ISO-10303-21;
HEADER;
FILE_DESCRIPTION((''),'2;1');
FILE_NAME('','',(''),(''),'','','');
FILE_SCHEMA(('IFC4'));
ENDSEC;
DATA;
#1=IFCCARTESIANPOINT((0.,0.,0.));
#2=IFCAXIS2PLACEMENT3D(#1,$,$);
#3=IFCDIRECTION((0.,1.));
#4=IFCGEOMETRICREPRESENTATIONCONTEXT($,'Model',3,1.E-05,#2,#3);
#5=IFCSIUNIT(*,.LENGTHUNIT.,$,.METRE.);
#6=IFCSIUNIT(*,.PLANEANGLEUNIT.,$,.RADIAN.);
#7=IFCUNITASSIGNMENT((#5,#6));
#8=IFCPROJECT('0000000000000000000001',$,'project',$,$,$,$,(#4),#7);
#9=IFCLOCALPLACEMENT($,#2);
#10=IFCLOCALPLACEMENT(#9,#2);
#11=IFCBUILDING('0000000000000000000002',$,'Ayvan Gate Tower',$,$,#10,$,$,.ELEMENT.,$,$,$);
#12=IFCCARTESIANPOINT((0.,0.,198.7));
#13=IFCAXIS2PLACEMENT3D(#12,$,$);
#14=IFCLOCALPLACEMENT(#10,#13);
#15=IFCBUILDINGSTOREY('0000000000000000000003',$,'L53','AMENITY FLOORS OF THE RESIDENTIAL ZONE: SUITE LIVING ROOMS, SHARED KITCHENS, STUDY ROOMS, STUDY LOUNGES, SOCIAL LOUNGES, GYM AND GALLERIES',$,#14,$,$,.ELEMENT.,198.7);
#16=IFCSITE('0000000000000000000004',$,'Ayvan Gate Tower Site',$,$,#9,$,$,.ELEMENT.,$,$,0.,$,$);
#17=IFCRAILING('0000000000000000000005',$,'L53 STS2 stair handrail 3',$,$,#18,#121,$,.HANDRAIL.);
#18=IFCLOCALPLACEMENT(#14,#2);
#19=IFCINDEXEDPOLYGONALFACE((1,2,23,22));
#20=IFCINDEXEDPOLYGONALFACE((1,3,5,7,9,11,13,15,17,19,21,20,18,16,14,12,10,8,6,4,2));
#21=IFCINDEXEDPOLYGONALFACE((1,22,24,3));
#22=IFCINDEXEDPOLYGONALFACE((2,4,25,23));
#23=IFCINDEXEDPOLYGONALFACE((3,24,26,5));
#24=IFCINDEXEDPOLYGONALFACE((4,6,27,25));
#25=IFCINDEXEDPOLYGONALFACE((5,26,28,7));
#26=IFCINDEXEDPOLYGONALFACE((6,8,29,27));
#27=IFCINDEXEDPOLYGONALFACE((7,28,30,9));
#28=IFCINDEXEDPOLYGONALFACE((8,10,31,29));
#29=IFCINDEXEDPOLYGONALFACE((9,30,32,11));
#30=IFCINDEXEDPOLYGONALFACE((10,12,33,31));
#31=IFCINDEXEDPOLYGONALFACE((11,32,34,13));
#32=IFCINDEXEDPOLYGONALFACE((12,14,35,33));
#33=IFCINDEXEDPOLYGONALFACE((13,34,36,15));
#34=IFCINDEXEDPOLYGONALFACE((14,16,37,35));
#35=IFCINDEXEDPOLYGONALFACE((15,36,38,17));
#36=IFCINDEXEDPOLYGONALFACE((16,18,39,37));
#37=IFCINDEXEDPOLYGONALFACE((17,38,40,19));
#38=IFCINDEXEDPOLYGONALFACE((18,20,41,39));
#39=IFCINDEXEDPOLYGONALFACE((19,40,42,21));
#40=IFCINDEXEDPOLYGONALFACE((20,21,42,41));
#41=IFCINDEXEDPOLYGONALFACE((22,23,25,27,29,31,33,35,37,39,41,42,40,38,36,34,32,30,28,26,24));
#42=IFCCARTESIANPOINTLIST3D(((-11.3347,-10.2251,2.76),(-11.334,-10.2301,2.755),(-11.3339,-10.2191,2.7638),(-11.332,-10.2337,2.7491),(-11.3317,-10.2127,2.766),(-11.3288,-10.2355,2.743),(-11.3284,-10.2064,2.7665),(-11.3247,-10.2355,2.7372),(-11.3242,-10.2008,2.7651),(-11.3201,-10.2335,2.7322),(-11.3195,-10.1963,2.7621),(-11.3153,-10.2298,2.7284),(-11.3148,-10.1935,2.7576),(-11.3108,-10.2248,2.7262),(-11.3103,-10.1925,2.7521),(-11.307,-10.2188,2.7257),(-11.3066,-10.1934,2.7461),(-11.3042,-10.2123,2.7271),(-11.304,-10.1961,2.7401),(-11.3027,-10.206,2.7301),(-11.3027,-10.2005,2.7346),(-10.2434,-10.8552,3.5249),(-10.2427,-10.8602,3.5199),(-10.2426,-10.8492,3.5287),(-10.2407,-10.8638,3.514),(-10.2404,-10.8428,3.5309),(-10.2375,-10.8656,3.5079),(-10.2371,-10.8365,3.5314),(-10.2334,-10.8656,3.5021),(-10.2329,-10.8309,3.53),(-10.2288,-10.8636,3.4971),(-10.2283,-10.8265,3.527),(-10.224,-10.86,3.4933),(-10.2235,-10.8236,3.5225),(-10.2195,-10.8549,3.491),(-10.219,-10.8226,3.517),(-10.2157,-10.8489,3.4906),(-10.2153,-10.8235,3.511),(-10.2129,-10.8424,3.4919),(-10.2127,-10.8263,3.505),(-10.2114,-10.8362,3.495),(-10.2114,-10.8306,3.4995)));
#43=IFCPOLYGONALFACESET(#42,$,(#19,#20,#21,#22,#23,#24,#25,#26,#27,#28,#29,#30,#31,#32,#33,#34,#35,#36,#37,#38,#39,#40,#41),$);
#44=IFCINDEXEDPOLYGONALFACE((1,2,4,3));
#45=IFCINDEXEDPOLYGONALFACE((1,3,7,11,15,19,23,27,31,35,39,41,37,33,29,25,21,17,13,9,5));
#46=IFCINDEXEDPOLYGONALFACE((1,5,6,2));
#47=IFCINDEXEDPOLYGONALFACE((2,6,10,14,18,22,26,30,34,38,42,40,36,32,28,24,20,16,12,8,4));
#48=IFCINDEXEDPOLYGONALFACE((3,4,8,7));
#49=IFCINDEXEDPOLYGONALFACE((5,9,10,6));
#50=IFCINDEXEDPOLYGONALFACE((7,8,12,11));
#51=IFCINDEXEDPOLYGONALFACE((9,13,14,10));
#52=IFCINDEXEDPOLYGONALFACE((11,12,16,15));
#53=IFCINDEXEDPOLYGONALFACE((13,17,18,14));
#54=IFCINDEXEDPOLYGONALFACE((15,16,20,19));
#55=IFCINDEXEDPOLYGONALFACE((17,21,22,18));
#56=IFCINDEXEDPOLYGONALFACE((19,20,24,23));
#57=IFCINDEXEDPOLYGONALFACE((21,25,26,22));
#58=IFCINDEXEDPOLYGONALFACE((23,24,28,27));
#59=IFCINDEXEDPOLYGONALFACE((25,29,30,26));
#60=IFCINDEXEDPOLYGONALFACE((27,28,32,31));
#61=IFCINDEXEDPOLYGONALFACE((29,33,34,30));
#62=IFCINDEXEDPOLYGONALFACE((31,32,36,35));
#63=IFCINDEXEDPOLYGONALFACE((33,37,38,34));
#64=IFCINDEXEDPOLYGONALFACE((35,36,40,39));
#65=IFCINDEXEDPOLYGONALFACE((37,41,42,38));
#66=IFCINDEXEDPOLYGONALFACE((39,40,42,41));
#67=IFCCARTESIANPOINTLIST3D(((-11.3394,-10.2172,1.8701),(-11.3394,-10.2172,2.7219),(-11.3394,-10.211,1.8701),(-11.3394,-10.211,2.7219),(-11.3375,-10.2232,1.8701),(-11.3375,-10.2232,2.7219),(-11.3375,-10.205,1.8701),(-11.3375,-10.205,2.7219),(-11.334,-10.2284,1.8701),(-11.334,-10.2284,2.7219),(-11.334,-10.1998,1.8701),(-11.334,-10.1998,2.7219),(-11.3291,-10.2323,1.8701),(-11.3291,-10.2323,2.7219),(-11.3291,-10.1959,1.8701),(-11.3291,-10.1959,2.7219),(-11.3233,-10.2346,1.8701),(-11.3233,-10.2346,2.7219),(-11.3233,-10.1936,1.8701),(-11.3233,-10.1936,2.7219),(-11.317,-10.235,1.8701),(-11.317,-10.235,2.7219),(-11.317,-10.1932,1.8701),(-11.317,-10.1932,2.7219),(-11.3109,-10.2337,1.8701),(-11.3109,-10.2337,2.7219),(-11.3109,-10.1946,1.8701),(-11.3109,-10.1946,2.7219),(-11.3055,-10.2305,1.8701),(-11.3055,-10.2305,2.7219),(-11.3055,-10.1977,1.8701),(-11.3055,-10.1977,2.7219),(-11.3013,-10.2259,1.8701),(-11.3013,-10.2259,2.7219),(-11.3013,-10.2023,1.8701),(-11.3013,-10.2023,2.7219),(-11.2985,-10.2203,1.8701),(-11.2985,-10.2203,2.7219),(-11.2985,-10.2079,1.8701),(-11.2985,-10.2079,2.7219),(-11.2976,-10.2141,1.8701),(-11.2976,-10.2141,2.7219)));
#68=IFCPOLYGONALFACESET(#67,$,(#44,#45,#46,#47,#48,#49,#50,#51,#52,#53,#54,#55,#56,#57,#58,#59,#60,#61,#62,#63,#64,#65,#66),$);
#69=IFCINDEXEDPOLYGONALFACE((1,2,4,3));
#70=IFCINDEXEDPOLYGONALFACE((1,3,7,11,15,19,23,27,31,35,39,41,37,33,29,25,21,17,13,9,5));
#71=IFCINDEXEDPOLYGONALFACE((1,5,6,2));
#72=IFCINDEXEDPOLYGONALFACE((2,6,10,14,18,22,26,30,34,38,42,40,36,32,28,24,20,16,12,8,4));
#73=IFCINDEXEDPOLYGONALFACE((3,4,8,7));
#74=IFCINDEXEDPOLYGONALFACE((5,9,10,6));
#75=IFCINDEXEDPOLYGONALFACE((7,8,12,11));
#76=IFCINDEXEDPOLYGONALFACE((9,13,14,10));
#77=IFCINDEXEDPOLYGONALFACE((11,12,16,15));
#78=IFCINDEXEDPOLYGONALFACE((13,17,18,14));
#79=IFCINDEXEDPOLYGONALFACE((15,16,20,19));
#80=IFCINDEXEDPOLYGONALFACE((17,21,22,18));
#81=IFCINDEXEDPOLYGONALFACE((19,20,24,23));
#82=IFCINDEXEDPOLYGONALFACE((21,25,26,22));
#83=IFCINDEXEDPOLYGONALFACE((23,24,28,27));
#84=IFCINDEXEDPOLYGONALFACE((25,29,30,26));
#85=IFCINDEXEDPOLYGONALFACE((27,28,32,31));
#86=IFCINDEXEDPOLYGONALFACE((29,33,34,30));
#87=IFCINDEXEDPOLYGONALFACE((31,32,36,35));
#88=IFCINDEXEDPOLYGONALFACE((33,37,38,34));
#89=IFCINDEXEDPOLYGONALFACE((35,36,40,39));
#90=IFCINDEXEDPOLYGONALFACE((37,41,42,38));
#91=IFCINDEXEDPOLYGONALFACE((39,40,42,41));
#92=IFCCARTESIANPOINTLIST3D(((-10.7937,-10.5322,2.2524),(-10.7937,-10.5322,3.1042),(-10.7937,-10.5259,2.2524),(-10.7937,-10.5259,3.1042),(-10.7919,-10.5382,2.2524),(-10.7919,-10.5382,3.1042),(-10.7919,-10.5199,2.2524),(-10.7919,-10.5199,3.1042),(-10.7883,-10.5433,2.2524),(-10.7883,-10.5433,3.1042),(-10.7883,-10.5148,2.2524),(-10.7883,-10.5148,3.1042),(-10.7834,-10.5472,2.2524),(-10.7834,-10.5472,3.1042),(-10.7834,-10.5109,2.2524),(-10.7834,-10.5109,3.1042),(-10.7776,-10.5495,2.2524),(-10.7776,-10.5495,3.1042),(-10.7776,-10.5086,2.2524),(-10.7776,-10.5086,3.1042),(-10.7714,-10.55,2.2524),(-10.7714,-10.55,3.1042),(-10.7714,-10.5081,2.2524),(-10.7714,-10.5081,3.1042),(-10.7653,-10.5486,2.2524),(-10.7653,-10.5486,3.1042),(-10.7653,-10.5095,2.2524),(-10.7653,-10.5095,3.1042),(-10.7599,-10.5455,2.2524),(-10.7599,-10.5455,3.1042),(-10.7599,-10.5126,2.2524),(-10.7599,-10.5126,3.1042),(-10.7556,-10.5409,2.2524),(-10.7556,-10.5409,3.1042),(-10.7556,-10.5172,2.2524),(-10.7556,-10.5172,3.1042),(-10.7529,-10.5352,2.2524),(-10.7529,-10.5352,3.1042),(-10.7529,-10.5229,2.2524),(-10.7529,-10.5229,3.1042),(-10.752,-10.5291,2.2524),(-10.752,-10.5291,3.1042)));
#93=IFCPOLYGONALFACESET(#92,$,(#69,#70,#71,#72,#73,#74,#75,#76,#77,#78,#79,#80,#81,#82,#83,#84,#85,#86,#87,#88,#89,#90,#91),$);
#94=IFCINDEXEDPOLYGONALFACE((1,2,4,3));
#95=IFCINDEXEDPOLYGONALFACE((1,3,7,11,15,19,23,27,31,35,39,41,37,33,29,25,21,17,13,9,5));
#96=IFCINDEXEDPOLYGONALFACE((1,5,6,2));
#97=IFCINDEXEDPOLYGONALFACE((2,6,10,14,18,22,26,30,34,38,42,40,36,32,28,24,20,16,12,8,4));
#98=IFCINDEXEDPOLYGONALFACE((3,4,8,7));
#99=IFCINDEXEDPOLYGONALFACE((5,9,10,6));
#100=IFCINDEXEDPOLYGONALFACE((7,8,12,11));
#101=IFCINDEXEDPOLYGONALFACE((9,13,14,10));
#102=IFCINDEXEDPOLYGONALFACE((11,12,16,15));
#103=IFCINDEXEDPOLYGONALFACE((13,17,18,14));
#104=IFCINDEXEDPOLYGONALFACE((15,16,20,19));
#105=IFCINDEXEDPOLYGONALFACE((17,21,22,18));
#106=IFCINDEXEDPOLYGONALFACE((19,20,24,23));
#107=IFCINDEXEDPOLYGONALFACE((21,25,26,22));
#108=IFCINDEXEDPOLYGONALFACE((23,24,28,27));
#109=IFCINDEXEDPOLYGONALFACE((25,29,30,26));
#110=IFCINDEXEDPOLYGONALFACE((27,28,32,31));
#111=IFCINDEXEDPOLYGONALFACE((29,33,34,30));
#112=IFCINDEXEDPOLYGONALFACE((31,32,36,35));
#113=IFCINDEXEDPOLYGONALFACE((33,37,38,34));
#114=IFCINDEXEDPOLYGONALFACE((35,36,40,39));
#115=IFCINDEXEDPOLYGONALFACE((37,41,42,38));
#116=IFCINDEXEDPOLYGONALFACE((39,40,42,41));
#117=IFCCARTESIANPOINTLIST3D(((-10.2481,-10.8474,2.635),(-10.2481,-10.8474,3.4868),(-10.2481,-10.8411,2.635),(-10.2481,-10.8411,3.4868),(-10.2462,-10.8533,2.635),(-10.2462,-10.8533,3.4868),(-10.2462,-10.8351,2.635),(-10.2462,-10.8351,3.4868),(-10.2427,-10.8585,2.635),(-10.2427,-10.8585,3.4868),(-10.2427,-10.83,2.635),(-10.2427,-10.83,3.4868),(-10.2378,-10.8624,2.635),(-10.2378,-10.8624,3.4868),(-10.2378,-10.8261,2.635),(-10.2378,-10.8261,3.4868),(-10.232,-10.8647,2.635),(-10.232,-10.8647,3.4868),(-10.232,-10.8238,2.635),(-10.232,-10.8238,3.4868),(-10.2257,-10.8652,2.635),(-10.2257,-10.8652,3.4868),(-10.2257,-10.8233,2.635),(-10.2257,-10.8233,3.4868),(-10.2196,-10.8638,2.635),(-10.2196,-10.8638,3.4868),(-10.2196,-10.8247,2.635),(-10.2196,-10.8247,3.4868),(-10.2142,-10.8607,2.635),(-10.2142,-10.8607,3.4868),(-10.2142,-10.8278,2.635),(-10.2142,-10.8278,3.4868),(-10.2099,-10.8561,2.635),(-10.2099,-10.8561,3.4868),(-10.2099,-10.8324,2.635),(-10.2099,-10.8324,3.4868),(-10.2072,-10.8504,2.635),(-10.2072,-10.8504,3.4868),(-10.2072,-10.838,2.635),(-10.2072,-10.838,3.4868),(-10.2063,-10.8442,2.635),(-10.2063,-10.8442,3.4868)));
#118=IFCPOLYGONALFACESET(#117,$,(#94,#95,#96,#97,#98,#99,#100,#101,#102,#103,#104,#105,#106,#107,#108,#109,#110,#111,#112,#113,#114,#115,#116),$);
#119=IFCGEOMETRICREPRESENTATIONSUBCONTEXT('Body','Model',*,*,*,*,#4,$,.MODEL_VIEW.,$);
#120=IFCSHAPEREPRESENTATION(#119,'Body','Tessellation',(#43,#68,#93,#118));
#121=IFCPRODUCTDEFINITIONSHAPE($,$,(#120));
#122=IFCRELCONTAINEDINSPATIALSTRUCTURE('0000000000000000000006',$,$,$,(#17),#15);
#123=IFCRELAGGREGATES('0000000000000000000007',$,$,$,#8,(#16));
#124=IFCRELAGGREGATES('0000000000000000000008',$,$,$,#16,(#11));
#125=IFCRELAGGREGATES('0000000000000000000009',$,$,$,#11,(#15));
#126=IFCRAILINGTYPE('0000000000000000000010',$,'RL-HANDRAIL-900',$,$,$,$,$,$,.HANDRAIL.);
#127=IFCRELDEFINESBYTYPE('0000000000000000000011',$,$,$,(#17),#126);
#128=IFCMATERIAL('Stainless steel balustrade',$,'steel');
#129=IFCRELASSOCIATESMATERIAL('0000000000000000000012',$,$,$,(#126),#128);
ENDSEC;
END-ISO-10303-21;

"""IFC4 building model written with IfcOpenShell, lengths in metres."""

from ifc_helpers import new_model, si_unit, direction, frame, origin, origin_2d, place, context, subcontext, project, spatial, circle, extrude, material, type_object, element, save


model = new_model("IFC4")

# Units and contexts
model_context = context("Model", 3, precision=1e-05, world=origin(), true_north=direction((0.0, 1.0)))
body_context = subcontext(model_context, "Body", "Model", "MODEL_VIEW")
ifc_project = project(units=[si_unit("LENGTHUNIT", "METRE"), si_unit("PLANEANGLEUNIT", "RADIAN")], contexts=[model_context])

# Site, building, storey
site_placement = place(None, origin())
site = spatial("IfcSite", under=ifc_project, at=site_placement, Name="Ayvan Gate Tower Site", CompositionType="ELEMENT", RefElevation=0.0)
building_placement = place(site_placement, origin())
building = spatial("IfcBuilding", under=site, at=building_placement, Name="Ayvan Gate Tower", CompositionType="ELEMENT")
storey_placement = place(building_placement, frame((0.0, 0.0, 198.7)))
storey = spatial("IfcBuildingStorey", under=building, at=storey_placement, Name="L53", Description="AMENITY FLOORS OF THE RESIDENTIAL ZONE: SUITE LIVING ROOMS, SHARED KITCHENS, STUDY ROOMS, STUDY LOUNGES, SOCIAL LOUNGES, GYM AND GALLERIES", CompositionType="ELEMENT", Elevation=198.7)

# Railing
ifc_material_1 = material(Name="Stainless steel balustrade", Category="steel")
railing_type_1 = type_object("IfcRailingType", Name="RL-HANDRAIL-900", PredefinedType="HANDRAIL", material=ifc_material_1)
railing_1_placement = place(storey_placement, frame((-11.3186, -10.2141, 1.8701)))
element("IfcRailing", 1, at=railing_1_placement, inside=storey, type_object=railing_type_1, Name="L53 STS2 stair handrail 3", PredefinedType="HANDRAIL", context=body_context, shape_type="SweptSolid", body=[
    extrude(circle(Radius=0.0239, at=origin_2d()), frame((0.0, 0.0, 0.876), z_axis=(0.740304, -0.427455, 0.518875), x_axis=(0.500035, 0.866005, 0.0)), (0.0, 0.0, 1.0), 1.4741),
    extrude(circle(Radius=0.021, at=origin_2d()), origin(), (0.0, 0.0, 1.0), 0.8518),
    extrude(circle(Radius=0.021, at=origin_2d()), frame((0.5457, -0.3149, 0.3823)), (0.0, 0.0, 1.0), 0.8518),
    extrude(circle(Radius=0.021, at=origin_2d()), frame((1.0913, -0.6301, 0.7649)), (0.0, 0.0, 1.0), 0.8518),
])

save(model, "model.ifc")
